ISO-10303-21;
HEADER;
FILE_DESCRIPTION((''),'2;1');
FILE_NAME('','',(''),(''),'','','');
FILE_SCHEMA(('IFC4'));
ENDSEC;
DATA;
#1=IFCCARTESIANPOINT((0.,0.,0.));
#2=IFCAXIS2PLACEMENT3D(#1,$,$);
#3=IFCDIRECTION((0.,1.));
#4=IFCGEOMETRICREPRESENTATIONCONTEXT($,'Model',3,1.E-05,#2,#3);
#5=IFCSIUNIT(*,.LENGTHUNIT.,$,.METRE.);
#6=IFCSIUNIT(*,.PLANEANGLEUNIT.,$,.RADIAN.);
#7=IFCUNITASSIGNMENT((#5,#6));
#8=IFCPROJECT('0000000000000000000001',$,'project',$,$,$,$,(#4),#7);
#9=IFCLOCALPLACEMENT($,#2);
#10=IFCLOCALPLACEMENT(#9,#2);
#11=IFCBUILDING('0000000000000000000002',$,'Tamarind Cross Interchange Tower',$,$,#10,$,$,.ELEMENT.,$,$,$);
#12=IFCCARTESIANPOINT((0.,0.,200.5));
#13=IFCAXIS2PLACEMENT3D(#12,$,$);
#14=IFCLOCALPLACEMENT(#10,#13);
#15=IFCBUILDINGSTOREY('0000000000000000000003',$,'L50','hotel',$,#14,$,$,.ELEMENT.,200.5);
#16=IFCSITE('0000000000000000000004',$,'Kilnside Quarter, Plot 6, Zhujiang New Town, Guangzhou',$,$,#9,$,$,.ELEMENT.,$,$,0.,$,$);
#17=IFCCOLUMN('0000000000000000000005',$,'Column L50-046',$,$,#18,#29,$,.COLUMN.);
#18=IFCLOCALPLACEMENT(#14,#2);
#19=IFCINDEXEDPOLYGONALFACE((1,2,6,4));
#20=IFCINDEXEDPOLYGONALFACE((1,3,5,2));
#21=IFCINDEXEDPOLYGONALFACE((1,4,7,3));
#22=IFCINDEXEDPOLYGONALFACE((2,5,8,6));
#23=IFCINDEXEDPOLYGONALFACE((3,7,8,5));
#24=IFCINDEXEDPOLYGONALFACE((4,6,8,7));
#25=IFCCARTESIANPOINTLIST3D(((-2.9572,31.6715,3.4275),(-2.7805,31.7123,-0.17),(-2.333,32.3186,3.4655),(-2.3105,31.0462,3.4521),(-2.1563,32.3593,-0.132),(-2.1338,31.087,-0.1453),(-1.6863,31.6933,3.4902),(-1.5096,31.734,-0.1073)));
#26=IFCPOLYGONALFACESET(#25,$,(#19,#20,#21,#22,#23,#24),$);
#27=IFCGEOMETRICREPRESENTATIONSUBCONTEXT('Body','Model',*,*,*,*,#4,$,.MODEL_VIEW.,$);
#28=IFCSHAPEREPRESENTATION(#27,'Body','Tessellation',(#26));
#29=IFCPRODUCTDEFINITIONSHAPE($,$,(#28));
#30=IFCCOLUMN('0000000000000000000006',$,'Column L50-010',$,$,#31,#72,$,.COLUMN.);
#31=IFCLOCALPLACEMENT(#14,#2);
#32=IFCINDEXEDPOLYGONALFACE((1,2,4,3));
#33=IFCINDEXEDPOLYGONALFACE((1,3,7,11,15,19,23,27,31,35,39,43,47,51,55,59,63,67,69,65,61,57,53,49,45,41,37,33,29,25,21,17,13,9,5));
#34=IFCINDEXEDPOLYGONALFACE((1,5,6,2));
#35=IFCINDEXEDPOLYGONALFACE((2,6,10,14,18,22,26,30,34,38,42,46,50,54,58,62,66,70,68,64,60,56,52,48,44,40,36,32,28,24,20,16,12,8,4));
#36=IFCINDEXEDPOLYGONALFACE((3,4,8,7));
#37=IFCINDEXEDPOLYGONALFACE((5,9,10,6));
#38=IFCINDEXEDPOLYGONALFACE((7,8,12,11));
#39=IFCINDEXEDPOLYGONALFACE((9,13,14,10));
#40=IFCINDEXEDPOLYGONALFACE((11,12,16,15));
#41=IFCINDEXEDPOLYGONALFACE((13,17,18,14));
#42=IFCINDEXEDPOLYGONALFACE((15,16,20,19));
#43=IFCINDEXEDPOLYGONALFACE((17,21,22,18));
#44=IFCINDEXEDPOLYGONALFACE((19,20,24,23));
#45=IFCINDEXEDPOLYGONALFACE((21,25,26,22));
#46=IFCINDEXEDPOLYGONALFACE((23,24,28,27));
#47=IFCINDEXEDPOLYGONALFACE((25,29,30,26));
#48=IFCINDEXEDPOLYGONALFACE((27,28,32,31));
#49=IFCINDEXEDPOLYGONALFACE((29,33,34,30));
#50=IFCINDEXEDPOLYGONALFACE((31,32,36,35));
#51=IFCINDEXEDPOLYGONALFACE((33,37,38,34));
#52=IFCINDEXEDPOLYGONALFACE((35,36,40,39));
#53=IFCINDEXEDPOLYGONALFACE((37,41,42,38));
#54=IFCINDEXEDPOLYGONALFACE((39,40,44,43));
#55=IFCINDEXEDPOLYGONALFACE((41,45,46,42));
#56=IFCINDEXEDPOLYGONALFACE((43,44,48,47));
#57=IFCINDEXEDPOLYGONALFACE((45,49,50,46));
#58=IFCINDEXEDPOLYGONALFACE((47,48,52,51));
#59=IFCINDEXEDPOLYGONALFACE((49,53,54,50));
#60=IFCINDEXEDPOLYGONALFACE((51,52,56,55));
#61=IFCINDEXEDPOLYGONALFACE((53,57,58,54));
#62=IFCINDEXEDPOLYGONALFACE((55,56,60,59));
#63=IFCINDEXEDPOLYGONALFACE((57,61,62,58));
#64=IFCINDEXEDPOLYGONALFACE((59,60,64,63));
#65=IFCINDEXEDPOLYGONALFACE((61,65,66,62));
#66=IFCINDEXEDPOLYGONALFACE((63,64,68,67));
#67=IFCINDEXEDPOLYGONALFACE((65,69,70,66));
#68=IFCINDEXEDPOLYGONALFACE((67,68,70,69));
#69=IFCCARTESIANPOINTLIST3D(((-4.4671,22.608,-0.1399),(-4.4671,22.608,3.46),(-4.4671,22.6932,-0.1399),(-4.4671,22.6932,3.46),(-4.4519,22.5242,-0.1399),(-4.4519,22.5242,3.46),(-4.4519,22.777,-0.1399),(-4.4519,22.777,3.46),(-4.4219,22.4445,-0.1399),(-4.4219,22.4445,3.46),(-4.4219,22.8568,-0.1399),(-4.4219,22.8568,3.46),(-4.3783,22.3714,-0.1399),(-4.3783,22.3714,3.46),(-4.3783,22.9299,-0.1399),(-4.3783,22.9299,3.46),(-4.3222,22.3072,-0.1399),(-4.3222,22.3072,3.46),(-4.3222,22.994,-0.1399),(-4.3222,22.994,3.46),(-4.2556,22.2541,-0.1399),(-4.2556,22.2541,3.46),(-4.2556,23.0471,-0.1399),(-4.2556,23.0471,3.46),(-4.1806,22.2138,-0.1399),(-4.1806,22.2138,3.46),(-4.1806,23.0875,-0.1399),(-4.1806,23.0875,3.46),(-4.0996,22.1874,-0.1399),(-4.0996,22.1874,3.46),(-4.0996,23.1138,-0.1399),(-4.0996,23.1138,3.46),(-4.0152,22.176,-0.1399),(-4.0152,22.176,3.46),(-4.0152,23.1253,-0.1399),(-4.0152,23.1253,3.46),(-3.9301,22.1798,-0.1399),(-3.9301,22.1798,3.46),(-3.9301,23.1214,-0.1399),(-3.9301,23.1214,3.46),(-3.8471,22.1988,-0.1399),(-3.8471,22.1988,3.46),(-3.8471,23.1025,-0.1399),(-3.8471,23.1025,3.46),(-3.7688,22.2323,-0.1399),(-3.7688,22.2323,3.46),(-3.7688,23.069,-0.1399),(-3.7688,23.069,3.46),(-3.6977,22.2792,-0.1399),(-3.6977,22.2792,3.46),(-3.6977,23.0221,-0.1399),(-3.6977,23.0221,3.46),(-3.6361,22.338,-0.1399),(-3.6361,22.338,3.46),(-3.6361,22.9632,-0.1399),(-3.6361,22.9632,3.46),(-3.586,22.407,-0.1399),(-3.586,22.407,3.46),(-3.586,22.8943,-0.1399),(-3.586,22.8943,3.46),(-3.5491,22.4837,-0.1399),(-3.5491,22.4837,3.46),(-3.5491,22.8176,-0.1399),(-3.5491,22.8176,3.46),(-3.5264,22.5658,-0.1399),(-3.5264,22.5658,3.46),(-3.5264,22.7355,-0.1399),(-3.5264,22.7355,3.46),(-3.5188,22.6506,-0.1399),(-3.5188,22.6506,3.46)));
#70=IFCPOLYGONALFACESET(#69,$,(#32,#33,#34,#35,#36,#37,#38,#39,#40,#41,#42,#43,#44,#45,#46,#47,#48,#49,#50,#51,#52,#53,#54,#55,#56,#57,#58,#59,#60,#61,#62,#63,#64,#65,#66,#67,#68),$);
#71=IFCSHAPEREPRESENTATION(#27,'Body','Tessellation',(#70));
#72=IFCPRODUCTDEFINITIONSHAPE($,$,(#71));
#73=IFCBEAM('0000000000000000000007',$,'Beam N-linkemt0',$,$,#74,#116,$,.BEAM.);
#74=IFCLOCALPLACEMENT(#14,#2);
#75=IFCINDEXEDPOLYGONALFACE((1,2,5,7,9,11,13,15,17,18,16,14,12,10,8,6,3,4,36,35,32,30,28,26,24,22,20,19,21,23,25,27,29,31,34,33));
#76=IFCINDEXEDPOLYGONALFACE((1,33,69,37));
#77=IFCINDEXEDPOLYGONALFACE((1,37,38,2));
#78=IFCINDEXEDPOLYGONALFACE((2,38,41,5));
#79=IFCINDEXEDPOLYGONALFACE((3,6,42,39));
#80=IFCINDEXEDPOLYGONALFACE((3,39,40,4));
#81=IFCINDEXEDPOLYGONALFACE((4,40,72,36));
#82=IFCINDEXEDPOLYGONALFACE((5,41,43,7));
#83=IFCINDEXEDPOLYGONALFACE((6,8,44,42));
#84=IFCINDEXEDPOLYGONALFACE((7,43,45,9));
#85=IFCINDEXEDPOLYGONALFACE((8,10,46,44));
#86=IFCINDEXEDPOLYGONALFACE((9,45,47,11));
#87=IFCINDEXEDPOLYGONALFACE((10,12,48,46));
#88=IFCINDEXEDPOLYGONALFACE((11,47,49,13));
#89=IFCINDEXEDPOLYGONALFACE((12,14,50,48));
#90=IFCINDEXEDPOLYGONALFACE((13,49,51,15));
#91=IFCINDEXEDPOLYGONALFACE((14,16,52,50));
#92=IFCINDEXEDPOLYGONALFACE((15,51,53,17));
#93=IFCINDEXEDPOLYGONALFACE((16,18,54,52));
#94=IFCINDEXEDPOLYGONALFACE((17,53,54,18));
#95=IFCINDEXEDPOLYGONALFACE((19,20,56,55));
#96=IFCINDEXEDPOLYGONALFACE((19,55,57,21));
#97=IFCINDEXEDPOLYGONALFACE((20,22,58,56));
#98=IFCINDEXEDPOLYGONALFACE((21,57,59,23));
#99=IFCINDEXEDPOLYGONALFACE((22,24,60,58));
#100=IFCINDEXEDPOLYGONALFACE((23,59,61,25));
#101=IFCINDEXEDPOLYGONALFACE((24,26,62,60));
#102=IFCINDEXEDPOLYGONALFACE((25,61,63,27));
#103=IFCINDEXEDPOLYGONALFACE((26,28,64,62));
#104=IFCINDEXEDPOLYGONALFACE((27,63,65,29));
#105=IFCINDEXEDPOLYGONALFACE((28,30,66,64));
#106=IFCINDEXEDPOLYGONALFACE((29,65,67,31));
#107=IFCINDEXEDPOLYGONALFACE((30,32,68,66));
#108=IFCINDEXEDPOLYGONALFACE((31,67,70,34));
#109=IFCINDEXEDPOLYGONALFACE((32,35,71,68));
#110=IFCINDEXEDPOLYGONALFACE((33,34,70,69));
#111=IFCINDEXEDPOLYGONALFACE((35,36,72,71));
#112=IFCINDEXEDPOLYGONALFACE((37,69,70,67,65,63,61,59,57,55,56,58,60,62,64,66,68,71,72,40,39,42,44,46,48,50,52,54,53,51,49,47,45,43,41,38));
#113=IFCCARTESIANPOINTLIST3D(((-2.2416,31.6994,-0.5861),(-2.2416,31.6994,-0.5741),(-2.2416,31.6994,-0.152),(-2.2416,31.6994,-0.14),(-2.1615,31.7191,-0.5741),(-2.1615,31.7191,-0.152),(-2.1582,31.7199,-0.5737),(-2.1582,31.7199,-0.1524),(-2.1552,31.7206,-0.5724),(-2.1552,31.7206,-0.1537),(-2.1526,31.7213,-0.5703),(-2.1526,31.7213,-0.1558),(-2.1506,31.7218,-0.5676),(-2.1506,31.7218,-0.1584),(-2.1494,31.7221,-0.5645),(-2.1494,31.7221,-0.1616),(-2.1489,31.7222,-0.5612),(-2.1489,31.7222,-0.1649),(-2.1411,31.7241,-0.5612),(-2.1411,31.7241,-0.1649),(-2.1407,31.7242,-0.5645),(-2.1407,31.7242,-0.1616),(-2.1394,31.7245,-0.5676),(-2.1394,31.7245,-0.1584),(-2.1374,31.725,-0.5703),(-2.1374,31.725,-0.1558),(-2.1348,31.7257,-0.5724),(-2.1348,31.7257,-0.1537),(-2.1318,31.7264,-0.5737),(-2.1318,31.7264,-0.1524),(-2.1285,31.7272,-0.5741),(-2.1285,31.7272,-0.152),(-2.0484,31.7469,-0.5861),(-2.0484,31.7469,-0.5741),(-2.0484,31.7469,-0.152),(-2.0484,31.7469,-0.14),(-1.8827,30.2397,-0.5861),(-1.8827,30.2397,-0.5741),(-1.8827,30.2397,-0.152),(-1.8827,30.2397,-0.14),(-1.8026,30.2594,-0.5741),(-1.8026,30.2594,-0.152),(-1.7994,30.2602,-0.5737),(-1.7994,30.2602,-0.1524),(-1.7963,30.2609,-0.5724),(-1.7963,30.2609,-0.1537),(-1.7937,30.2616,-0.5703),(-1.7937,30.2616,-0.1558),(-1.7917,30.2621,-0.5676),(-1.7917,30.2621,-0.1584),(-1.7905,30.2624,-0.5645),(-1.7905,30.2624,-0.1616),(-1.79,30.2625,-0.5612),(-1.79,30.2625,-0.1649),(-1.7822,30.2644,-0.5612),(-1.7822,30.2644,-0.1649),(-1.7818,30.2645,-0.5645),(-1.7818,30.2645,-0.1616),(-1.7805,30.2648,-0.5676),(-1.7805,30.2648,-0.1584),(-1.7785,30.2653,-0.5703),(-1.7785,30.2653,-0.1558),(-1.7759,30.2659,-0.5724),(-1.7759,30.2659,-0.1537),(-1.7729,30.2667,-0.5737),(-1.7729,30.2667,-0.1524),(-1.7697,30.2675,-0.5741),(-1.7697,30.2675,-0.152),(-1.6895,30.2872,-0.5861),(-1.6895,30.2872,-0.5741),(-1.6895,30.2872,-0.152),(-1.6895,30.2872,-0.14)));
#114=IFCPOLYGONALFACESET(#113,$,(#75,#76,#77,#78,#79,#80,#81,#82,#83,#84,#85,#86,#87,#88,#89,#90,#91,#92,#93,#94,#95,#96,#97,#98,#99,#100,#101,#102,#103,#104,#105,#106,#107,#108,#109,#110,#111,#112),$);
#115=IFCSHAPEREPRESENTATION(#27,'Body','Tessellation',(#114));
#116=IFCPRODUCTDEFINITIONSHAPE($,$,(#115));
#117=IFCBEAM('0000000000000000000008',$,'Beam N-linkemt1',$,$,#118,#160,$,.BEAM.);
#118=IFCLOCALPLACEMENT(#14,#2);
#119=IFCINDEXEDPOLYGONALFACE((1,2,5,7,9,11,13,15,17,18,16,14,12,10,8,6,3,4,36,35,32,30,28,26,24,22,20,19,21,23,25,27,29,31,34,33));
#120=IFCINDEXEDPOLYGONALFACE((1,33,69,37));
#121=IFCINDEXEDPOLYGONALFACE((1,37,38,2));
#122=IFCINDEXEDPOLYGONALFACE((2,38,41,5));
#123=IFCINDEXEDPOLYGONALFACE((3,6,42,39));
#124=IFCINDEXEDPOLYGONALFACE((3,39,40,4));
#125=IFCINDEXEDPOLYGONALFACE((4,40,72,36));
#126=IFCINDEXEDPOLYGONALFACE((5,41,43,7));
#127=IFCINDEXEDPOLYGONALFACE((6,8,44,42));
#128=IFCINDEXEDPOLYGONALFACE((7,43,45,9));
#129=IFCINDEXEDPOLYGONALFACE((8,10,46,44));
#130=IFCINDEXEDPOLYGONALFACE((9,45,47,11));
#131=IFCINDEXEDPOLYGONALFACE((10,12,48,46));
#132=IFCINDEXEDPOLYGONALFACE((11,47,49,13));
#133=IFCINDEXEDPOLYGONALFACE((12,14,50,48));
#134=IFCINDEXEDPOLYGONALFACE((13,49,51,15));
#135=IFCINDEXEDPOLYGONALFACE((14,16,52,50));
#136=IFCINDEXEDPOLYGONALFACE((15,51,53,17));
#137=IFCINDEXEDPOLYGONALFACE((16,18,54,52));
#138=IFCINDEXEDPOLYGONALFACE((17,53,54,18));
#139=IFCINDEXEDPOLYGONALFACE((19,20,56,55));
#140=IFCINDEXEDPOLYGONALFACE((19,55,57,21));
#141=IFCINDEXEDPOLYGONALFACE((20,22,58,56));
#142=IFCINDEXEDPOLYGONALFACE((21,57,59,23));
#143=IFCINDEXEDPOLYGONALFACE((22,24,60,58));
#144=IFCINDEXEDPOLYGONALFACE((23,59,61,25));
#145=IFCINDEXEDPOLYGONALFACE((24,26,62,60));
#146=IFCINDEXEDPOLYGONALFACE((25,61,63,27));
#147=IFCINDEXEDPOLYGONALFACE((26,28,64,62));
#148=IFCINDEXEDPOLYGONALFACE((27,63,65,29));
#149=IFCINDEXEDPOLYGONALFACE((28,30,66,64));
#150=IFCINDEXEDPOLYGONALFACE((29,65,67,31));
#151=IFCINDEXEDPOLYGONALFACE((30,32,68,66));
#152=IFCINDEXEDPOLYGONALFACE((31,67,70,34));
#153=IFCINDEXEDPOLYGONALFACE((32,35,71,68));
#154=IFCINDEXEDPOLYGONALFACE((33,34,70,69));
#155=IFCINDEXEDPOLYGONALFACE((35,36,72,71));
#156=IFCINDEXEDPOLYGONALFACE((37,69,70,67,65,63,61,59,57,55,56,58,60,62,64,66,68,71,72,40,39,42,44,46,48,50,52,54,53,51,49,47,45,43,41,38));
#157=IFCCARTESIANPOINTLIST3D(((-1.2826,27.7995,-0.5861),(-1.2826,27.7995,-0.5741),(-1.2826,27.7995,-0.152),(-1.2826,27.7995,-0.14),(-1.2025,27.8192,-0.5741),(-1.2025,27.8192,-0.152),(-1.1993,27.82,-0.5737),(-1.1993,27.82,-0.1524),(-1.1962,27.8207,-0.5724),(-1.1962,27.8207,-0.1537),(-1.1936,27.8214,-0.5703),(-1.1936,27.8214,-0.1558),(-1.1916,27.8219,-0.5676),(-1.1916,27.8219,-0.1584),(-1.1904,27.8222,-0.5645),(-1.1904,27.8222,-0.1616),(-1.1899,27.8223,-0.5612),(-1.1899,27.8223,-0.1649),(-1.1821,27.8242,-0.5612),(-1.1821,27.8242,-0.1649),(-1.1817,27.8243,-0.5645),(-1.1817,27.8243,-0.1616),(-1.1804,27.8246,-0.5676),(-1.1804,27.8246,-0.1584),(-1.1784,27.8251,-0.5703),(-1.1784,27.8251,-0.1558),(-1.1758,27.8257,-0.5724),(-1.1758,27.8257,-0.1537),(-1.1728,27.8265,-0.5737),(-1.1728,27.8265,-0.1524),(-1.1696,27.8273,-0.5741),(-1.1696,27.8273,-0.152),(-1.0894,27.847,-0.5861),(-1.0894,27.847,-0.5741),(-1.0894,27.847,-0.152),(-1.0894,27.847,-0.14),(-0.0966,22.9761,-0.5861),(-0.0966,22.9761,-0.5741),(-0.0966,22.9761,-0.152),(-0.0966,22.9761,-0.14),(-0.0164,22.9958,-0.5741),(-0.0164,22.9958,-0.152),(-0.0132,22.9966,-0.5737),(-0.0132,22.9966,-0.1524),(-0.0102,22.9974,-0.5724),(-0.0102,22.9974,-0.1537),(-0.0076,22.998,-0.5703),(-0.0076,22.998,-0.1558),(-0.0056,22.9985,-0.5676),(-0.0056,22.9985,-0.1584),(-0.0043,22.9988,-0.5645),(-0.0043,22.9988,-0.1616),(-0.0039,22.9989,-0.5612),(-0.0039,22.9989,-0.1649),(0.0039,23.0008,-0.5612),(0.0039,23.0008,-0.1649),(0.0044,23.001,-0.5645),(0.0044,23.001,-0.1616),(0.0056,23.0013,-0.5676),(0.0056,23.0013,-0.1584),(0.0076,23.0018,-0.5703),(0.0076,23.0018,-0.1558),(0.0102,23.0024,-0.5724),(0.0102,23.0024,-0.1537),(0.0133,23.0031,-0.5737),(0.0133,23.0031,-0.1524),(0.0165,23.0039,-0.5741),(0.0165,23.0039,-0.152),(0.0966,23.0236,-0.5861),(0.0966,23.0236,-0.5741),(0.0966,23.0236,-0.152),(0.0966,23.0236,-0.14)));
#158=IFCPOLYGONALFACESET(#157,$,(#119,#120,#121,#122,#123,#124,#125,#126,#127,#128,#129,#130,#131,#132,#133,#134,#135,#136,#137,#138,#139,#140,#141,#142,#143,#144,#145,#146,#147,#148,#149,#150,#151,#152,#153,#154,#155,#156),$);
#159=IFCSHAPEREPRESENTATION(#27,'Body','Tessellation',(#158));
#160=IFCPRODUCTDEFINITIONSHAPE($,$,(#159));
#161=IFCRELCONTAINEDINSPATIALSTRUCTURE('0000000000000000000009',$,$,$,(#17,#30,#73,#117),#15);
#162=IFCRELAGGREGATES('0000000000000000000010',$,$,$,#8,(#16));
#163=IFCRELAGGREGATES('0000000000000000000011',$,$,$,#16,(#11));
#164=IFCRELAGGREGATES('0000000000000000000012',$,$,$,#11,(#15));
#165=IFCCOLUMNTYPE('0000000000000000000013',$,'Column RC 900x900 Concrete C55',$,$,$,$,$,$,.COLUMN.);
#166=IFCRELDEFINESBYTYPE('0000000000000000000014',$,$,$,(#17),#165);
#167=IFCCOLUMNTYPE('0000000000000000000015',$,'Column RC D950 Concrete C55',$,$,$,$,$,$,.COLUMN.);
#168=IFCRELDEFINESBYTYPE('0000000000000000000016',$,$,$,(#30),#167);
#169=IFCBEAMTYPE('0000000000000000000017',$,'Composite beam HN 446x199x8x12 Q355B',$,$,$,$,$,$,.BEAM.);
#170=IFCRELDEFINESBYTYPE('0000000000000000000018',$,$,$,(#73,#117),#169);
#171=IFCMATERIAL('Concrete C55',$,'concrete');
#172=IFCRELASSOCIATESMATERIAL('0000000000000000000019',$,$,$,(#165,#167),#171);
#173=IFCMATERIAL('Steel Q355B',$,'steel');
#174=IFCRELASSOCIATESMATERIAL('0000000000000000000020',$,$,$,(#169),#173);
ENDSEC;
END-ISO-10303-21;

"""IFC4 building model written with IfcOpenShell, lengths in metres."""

from ifc_helpers import new_model, si_unit, direction, frame, origin, origin_2d, place, context, subcontext, project, spatial, rectangle, circle, i_section, extrude, material, material_profile, profile_set, type_object, element, save


model = new_model("IFC4")

# Units and contexts
model_context = context("Model", 3, precision=1e-05, world=origin(), true_north=direction((0.0, 1.0)))
body_context = subcontext(model_context, "Body", "Model", "MODEL_VIEW")
ifc_project = project(units=[si_unit("LENGTHUNIT", "METRE"), si_unit("PLANEANGLEUNIT", "RADIAN")], contexts=[model_context])

# Site, building, storey
site_placement = place(None, origin())
site = spatial("IfcSite", under=ifc_project, at=site_placement, Name="Kilnside Quarter, Plot 6, Zhujiang New Town, Guangzhou", CompositionType="ELEMENT", RefElevation=0.0)
building_placement = place(site_placement, origin())
building = spatial("IfcBuilding", under=site, at=building_placement, Name="Tamarind Cross Interchange Tower", CompositionType="ELEMENT")
storey_placement = place(building_placement, frame((0.0, 0.0, 200.5)))
storey = spatial("IfcBuildingStorey", under=building, at=storey_placement, Name="L50", Description="hotel", CompositionType="ELEMENT", Elevation=200.5)

# Columns
ifc_material_1 = material(Name="Concrete C55", Category="concrete")
ifc_material_profile_1 = material_profile(ifc_material_1, rectangle(XDim=0.8999, YDim=0.8999, at=origin_2d()), Name="RC 900x900")
ifc_profile_set_1 = profile_set([ifc_material_profile_1], Name="Concrete C55")
column_type_1 = type_object("IfcColumnType", Name="Column RC 900x900 Concrete C55", PredefinedType="COLUMN", material=ifc_profile_set_1)
column_1_placement = place(storey_placement, frame((-2.145, 31.7231, -0.1387), z_axis=(-0.049072, -0.011319, 0.998731), x_axis=(0.718629, -0.694853, 0.027434)))
element("IfcColumn", 1, at=column_1_placement, inside=storey, type_object=column_type_1, Name="Column L50-046", PredefinedType="COLUMN", context=body_context, shape_type="SweptSolid", body=[
    extrude(rectangle(XDim=0.8999, YDim=0.8999, at=origin_2d()), origin(), (0.0, 0.0, 1.0), 3.6021),
])
ifc_material_profile_2 = material_profile(ifc_material_1, circle(Radius=0.4751, at=origin_2d()), Name="RC D950")
ifc_profile_set_2 = profile_set([ifc_material_profile_2], Name="Concrete C55")
column_type_2 = type_object("IfcColumnType", Name="Column RC D950 Concrete C55", PredefinedType="COLUMN", material=ifc_profile_set_2)
column_2_placement = place(storey_placement, frame((-3.9939, 22.6506, -0.1399), z_axis=(0.0, 0.0, 1.0), x_axis=(1.0, 0.0, 0.0)))
element("IfcColumn", 2, at=column_2_placement, inside=storey, type_object=column_type_2, Name="Column L50-010", PredefinedType="COLUMN", context=body_context, shape_type="SweptSolid", body=[
    extrude(circle(Radius=0.4751, at=origin_2d()), origin(), (0.0, 0.0, 1.0), 3.5999),
])

# Beams
ifc_material_2 = material(Name="Steel Q355B", Category="steel")
ifc_material_profile_3 = material_profile(ifc_material_2, i_section(OverallWidth=0.199, OverallDepth=0.446, WebThickness=0.0081, FlangeThickness=0.012, FilletRadius=0.0129, at=origin_2d()), Name="HN 446x199x8x12")
ifc_profile_set_3 = profile_set([ifc_material_profile_3], Name="Steel Q355B")
beam_type_1 = type_object("IfcBeamType", Name="Composite beam HN 446x199x8x12 Q355B", PredefinedType="BEAM", material=ifc_profile_set_3)
beam_1_placement = place(storey_placement, frame((-2.145, 31.7231, -0.363), z_axis=(0.23875, -0.971081, 0.0), x_axis=(0.971081, 0.23875, 0.0)))
element("IfcBeam", 3, at=beam_1_placement, inside=storey, type_object=beam_type_1, Name="Beam N-linkemt0", PredefinedType="BEAM", context=body_context, shape_type="SweptSolid", body=[
    extrude(i_section(OverallWidth=0.199, OverallDepth=0.446, WebThickness=0.0081, FlangeThickness=0.012, FilletRadius=0.0129, at=origin_2d()), origin(), (0.0, 0.0, 1.0), 1.5032),
])
beam_2_placement = place(storey_placement, frame((-1.186, 27.8232, -0.363), z_axis=(0.238787, -0.971072, 0.0), x_axis=(0.971072, 0.238787, 0.0)))
element("IfcBeam", 4, at=beam_2_placement, inside=storey, type_object=beam_type_1, Name="Beam N-linkemt1", PredefinedType="BEAM", context=body_context, shape_type="SweptSolid", body=[
    extrude(i_section(OverallWidth=0.199, OverallDepth=0.446, WebThickness=0.0081, FlangeThickness=0.012, FilletRadius=0.0129, at=origin_2d()), origin(), (0.0, 0.0, 1.0), 4.967),
])

save(model, "model.ifc")
